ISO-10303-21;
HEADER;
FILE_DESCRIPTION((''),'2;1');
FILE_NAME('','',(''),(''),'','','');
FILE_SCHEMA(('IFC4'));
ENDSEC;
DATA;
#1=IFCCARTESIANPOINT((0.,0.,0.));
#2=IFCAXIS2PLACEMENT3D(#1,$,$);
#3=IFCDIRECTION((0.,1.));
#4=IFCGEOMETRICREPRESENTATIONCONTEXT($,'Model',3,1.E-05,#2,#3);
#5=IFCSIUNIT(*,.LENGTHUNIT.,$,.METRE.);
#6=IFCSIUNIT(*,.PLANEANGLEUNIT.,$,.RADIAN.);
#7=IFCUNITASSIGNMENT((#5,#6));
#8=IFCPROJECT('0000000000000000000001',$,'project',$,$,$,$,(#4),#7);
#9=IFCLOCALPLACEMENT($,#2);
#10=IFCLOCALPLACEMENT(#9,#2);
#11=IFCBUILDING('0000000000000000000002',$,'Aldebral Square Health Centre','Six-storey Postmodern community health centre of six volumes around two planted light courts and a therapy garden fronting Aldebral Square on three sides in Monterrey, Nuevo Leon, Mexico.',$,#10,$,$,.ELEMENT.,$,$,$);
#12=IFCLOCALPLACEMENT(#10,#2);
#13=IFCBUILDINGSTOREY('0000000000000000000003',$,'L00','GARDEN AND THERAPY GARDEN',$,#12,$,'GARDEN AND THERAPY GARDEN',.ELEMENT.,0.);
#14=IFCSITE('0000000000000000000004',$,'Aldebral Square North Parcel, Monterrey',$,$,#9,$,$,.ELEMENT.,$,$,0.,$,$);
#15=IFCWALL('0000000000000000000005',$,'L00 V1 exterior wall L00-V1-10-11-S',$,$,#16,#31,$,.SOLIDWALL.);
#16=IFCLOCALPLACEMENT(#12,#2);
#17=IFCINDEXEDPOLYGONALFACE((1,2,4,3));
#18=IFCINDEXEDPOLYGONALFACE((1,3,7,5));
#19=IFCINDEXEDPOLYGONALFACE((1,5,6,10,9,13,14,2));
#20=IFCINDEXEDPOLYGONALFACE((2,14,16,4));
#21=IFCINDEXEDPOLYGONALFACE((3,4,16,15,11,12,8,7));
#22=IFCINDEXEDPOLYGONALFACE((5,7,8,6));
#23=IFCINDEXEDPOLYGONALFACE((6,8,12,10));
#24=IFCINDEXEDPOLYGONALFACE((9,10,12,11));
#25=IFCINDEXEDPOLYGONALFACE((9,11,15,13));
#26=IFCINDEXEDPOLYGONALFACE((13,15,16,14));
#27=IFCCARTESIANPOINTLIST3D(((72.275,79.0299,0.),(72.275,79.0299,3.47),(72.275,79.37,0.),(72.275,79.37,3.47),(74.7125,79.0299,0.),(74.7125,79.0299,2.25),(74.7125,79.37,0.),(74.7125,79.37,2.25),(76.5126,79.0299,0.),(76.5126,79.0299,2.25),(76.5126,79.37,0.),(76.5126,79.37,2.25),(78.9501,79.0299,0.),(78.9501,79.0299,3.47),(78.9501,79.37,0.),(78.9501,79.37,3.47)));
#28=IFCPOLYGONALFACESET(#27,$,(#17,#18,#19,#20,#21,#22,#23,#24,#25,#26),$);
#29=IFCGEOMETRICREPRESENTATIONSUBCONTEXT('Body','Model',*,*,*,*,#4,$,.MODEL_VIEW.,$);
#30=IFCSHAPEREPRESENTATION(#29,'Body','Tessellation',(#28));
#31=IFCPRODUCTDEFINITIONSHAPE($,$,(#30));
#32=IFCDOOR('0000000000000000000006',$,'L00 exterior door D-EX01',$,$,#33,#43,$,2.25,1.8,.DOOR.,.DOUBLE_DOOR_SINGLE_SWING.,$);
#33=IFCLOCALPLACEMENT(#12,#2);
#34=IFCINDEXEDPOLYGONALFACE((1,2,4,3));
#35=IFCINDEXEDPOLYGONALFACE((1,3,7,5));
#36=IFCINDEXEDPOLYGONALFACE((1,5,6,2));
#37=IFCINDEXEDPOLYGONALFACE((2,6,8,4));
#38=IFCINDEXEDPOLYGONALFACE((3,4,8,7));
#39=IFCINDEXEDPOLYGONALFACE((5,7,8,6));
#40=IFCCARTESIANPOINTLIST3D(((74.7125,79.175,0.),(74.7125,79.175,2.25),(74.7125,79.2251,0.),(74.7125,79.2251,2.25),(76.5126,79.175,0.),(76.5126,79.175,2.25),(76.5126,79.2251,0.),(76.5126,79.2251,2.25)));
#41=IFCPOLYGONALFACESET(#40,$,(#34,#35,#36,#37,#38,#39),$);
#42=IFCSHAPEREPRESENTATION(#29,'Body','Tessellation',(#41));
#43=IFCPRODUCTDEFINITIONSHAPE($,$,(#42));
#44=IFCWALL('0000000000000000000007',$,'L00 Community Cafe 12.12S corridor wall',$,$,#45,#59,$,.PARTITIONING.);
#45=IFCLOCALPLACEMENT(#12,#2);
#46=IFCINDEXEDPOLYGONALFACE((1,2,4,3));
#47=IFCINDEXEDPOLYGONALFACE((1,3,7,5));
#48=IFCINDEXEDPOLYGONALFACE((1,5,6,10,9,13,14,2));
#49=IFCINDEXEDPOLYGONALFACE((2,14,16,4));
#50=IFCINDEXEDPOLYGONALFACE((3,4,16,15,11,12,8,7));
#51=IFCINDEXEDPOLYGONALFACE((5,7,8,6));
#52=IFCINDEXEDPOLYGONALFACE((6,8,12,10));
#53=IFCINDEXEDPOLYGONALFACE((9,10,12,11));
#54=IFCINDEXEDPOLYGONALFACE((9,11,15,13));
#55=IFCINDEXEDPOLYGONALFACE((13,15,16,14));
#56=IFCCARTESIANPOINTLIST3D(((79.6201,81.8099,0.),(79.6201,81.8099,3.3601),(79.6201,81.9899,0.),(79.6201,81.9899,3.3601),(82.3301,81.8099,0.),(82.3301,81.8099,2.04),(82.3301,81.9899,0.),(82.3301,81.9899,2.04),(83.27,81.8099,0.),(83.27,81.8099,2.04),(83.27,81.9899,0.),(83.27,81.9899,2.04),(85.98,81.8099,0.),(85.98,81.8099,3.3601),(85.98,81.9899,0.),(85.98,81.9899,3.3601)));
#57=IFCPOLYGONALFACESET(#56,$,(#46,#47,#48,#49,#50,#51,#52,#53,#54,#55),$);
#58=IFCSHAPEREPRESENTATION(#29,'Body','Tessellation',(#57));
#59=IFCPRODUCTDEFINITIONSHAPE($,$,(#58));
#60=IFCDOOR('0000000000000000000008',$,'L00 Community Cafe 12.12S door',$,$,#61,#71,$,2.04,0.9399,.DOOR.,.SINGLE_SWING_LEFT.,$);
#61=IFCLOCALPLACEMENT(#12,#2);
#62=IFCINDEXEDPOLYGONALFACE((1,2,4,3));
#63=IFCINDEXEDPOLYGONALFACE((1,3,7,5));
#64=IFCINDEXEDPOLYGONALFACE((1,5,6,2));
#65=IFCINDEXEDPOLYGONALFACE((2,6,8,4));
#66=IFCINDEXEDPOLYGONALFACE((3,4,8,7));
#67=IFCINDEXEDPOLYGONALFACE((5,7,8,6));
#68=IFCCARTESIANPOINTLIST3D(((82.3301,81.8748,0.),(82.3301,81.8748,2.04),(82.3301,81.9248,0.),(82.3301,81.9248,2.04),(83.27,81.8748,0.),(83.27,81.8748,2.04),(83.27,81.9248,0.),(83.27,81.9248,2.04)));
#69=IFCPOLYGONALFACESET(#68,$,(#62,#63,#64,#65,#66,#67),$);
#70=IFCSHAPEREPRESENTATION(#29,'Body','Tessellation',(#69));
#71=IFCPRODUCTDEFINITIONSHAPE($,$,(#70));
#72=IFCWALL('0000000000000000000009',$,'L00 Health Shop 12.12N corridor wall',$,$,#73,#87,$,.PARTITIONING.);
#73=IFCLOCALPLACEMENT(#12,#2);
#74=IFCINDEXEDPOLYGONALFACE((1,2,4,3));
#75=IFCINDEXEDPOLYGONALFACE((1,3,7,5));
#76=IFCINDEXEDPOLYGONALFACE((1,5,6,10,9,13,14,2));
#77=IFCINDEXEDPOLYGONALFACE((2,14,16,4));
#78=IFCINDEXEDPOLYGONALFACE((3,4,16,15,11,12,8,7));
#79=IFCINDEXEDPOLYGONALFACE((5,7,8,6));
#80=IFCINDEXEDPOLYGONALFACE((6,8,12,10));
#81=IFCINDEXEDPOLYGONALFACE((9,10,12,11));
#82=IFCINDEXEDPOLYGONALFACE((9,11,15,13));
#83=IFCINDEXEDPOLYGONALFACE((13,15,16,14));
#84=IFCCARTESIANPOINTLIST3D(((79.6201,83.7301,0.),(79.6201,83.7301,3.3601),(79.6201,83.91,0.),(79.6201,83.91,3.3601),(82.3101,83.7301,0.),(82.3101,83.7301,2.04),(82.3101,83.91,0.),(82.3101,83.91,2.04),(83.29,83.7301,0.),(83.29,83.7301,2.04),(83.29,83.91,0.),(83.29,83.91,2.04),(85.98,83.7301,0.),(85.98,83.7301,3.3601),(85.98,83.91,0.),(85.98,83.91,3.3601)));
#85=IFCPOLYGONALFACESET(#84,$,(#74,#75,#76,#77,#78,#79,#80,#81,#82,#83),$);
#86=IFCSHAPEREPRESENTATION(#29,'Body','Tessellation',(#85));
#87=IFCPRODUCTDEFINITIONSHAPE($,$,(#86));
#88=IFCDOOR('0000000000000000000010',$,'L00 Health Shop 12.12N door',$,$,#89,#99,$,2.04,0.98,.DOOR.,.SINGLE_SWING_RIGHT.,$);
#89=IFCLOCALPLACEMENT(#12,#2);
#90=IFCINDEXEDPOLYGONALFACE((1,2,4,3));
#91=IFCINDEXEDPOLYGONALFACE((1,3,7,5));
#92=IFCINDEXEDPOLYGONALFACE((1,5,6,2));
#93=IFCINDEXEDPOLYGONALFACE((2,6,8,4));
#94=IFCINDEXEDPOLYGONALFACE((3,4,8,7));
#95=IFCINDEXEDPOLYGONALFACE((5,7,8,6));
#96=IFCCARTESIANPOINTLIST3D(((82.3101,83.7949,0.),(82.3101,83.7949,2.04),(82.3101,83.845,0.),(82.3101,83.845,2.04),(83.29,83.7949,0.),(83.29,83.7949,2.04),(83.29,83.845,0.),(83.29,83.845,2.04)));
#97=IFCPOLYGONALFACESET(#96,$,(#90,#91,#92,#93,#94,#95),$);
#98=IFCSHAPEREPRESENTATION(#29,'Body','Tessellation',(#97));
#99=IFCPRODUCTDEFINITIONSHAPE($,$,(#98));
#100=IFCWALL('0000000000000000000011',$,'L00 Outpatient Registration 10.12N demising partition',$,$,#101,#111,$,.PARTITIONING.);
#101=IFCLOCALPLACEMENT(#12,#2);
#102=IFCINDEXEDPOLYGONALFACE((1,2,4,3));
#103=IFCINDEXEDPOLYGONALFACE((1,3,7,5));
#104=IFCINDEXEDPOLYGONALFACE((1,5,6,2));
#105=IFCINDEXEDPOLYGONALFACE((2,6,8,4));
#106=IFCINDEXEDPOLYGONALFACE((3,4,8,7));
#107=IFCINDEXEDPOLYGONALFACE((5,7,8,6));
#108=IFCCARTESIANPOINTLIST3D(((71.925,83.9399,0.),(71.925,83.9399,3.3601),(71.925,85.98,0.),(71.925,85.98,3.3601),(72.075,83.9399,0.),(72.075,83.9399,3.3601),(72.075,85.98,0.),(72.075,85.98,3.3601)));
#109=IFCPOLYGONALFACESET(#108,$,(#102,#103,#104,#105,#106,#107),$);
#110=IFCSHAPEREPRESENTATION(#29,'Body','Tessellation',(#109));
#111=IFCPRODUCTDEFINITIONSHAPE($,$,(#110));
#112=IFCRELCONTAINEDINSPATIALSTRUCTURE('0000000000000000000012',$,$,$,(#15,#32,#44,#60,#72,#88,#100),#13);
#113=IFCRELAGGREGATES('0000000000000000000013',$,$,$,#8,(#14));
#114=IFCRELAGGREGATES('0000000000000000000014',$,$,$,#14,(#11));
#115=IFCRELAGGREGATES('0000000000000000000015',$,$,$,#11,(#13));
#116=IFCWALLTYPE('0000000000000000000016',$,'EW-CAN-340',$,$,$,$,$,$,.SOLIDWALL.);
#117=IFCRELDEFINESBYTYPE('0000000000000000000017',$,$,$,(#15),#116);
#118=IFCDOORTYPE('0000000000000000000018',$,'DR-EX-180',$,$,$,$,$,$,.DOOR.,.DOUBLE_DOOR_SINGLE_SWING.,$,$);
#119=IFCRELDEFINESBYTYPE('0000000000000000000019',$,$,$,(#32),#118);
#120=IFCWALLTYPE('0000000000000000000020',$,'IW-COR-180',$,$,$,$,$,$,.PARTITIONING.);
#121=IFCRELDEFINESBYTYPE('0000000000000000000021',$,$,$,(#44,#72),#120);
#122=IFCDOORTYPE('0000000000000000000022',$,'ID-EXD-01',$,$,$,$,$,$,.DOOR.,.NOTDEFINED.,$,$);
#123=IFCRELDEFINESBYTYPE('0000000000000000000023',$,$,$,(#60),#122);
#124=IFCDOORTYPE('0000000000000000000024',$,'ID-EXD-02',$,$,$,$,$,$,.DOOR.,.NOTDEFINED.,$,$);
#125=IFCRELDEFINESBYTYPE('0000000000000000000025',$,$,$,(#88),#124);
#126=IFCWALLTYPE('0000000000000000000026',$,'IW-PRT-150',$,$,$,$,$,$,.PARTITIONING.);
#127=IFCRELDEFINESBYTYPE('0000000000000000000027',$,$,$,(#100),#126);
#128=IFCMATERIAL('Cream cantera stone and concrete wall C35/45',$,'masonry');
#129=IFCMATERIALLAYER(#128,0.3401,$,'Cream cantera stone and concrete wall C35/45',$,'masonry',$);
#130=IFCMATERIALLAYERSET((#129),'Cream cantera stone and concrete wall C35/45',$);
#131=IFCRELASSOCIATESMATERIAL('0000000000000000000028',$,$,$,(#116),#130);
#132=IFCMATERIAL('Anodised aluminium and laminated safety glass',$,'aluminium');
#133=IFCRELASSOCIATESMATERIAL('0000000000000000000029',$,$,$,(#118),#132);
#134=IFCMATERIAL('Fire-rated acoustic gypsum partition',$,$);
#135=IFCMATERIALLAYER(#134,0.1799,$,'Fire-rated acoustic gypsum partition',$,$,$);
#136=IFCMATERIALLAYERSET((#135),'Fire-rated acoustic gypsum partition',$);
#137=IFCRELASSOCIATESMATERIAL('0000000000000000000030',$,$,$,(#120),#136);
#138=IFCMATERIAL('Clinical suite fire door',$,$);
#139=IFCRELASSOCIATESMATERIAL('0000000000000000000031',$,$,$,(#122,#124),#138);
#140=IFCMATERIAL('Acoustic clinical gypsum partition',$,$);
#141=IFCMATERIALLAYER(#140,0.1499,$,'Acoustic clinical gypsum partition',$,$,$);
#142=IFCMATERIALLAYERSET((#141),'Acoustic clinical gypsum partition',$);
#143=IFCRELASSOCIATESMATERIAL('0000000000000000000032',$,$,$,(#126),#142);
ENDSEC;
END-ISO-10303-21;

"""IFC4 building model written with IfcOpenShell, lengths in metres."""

from ifc_helpers import new_model, si_unit, direction, frame, frame_2d, origin, place, context, subcontext, project, spatial, rectangle, extrude, material, layer, layer_set, type_object, element, fill, save


model = new_model("IFC4")

# Units and contexts
model_context = context("Model", 3, precision=1e-05, world=origin(), true_north=direction((0.0, 1.0)))
body_context = subcontext(model_context, "Body", "Model", "MODEL_VIEW")
ifc_project = project(units=[si_unit("LENGTHUNIT", "METRE"), si_unit("PLANEANGLEUNIT", "RADIAN")], contexts=[model_context])

# Site, building, storey
site_placement = place(None, origin())
site = spatial("IfcSite", under=ifc_project, at=site_placement, Name="Aldebral Square North Parcel, Monterrey", CompositionType="ELEMENT", RefElevation=0.0)
building_placement = place(site_placement, origin())
building = spatial("IfcBuilding", under=site, at=building_placement, Name="Aldebral Square Health Centre", Description="Six-storey Postmodern community health centre of six volumes around two planted light courts and a therapy garden fronting Aldebral Square on three sides in Monterrey, Nuevo Leon, Mexico.", CompositionType="ELEMENT")
storey_placement = place(building_placement, origin())
storey = spatial("IfcBuildingStorey", under=building, at=storey_placement, Name="L00", Description="GARDEN AND THERAPY GARDEN", LongName="GARDEN AND THERAPY GARDEN", CompositionType="ELEMENT", Elevation=0.0)

# Walls, openings, doors
ifc_material_1 = material(Name="Cream cantera stone and concrete wall C35/45", Category="masonry")
ifc_layer_1 = layer(ifc_material_1, 0.3401, Name="Cream cantera stone and concrete wall C35/45", Category="masonry")
ifc_layer_set_1 = layer_set([ifc_layer_1], Name="Cream cantera stone and concrete wall C35/45")
wall_type_1 = type_object("IfcWallType", Name="EW-CAN-340", PredefinedType="SOLIDWALL", material=ifc_layer_set_1)
wall_1_placement = place(storey_placement, frame((78.95, 79.2, 0.0), z_axis=(0.0, 0.0, 1.0), x_axis=(-1.0, 0.0, 0.0)))
wall_1 = element("IfcWall", 1, at=wall_1_placement, inside=storey, type_object=wall_type_1, Name="L00 V1 exterior wall L00-V1-10-11-S", PredefinedType="SOLIDWALL", context=body_context, shape_type="SweptSolid", body=[
    extrude(rectangle(XDim=6.675, YDim=0.3401, at=frame_2d((3.3374, 0.0))), origin(), (0.0, 0.0, 1.0), 3.47),
])
opening_1_placement = place(wall_1_placement, frame((2.4375, 0.0, 0.0)))
opening_1 = element("IfcOpeningElement", 2, at=opening_1_placement, cuts=wall_1, PredefinedType="OPENING", context=body_context, shape_type="SweptSolid", body=[
    extrude(rectangle(XDim=1.8, YDim=2.25, at=frame_2d((0.8999, 1.125))), frame((0.0, 0.1802, 0.0), z_axis=(0.0, -1.0, 0.0), x_axis=(1.0, 0.0, 0.0)), (0.0, 0.0, 1.0), 0.3601),
])
ifc_material_2 = material(Name="Anodised aluminium and laminated safety glass", Category="aluminium")
door_type_1 = type_object("IfcDoorType", Name="DR-EX-180", OperationType="DOUBLE_DOOR_SINGLE_SWING", PredefinedType="DOOR", material=ifc_material_2)
door_1_placement = place(opening_1_placement, origin())
door_1 = element("IfcDoor", 3, at=door_1_placement, inside=storey, type_object=door_type_1, Name="L00 exterior door D-EX01", OperationType="DOUBLE_DOOR_SINGLE_SWING", OverallHeight=2.25, OverallWidth=1.8, PredefinedType="DOOR", context=body_context, shape_type="SweptSolid", body=[
    extrude(rectangle(XDim=1.8, YDim=2.25, at=frame_2d((0.8999, 1.125))), frame((0.0, 0.0249, 0.0), z_axis=(0.0, -1.0, 0.0), x_axis=(1.0, 0.0, 0.0)), (0.0, 0.0, 1.0), 0.05),
])
fill(opening_1, door_1)
ifc_material_3 = material(Name="Fire-rated acoustic gypsum partition")
ifc_layer_2 = layer(ifc_material_3, 0.1799, Name="Fire-rated acoustic gypsum partition")
ifc_layer_set_2 = layer_set([ifc_layer_2], Name="Fire-rated acoustic gypsum partition")
wall_type_2 = type_object("IfcWallType", Name="IW-COR-180", PredefinedType="PARTITIONING", material=ifc_layer_set_2)
wall_2_placement = place(storey_placement, frame((79.6201, 81.8999, 0.0), z_axis=(0.0, 0.0, 1.0), x_axis=(1.0, 0.0, 0.0)))
wall_2 = element("IfcWall", 4, at=wall_2_placement, inside=storey, type_object=wall_type_2, Name="L00 Community Cafe 12.12S corridor wall", PredefinedType="PARTITIONING", context=body_context, shape_type="SweptSolid", body=[
    extrude(rectangle(XDim=6.3599, YDim=0.1799, at=frame_2d((3.1799, 0.0))), origin(), (0.0, 0.0, 1.0), 3.3601),
])
opening_2_placement = place(wall_2_placement, frame((2.71, 0.0, 0.0)))
opening_2 = element("IfcOpeningElement", 5, at=opening_2_placement, cuts=wall_2, PredefinedType="OPENING", context=body_context, shape_type="SweptSolid", body=[
    extrude(rectangle(XDim=0.9399, YDim=2.04, at=frame_2d((0.47, 1.02))), frame((0.0, 0.1001, 0.0), z_axis=(0.0, -1.0, 0.0), x_axis=(1.0, 0.0, 0.0)), (0.0, 0.0, 1.0), 0.2),
])
ifc_material_4 = material(Name="Clinical suite fire door")
door_type_2 = type_object("IfcDoorType", Name="ID-EXD-01", OperationType="NOTDEFINED", PredefinedType="DOOR", material=ifc_material_4)
door_2_placement = place(opening_2_placement, origin())
door_2 = element("IfcDoor", 6, at=door_2_placement, inside=storey, type_object=door_type_2, Name="L00 Community Cafe 12.12S door", OperationType="SINGLE_SWING_LEFT", OverallHeight=2.04, OverallWidth=0.9399, PredefinedType="DOOR", context=body_context, shape_type="SweptSolid", body=[
    extrude(rectangle(XDim=0.9399, YDim=2.04, at=frame_2d((0.47, 1.02))), frame((0.0, 0.0249, 0.0), z_axis=(0.0, -1.0, 0.0), x_axis=(1.0, 0.0, 0.0)), (0.0, 0.0, 1.0), 0.05),
])
fill(opening_2, door_2)
wall_3_placement = place(storey_placement, frame((79.6201, 83.8201, 0.0), z_axis=(0.0, 0.0, 1.0), x_axis=(1.0, 0.0, 0.0)))
wall_3 = element("IfcWall", 7, at=wall_3_placement, inside=storey, type_object=wall_type_2, Name="L00 Health Shop 12.12N corridor wall", PredefinedType="PARTITIONING", context=body_context, shape_type="SweptSolid", body=[
    extrude(rectangle(XDim=6.3599, YDim=0.1799, at=frame_2d((3.1799, 0.0))), origin(), (0.0, 0.0, 1.0), 3.3601),
])
opening_3_placement = place(wall_3_placement, frame((2.6899, 0.0, 0.0)))
opening_3 = element("IfcOpeningElement", 8, at=opening_3_placement, cuts=wall_3, PredefinedType="OPENING", context=body_context, shape_type="SweptSolid", body=[
    extrude(rectangle(XDim=0.98, YDim=2.04, at=frame_2d((0.49, 1.02))), frame((0.0, 0.1001, 0.0), z_axis=(0.0, -1.0, 0.0), x_axis=(1.0, 0.0, 0.0)), (0.0, 0.0, 1.0), 0.2),
])
door_type_3 = type_object("IfcDoorType", Name="ID-EXD-02", OperationType="NOTDEFINED", PredefinedType="DOOR", material=ifc_material_4)
door_3_placement = place(opening_3_placement, origin())
door_3 = element("IfcDoor", 9, at=door_3_placement, inside=storey, type_object=door_type_3, Name="L00 Health Shop 12.12N door", OperationType="SINGLE_SWING_RIGHT", OverallHeight=2.04, OverallWidth=0.98, PredefinedType="DOOR", context=body_context, shape_type="SweptSolid", body=[
    extrude(rectangle(XDim=0.98, YDim=2.04, at=frame_2d((0.49, 1.02))), frame((0.0, 0.0249, 0.0), z_axis=(0.0, -1.0, 0.0), x_axis=(1.0, 0.0, 0.0)), (0.0, 0.0, 1.0), 0.05),
])
fill(opening_3, door_3)

# Wall
ifc_material_5 = material(Name="Acoustic clinical gypsum partition")
ifc_layer_3 = layer(ifc_material_5, 0.1499, Name="Acoustic clinical gypsum partition")
ifc_layer_set_3 = layer_set([ifc_layer_3], Name="Acoustic clinical gypsum partition")
wall_type_3 = type_object("IfcWallType", Name="IW-PRT-150", PredefinedType="PARTITIONING", material=ifc_layer_set_3)
wall_4_placement = place(storey_placement, frame((72.0, 83.9399, 0.0), z_axis=(0.0, 0.0, 1.0), x_axis=(0.0, 1.0, 0.0)))
element("IfcWall", 10, at=wall_4_placement, inside=storey, type_object=wall_type_3, Name="L00 Outpatient Registration 10.12N demising partition", PredefinedType="PARTITIONING", context=body_context, shape_type="SweptSolid", body=[
    extrude(rectangle(XDim=2.04, YDim=0.1499, at=frame_2d((1.02, 0.0))), origin(), (0.0, 0.0, 1.0), 3.3601),
])

save(model, "model.ifc")
